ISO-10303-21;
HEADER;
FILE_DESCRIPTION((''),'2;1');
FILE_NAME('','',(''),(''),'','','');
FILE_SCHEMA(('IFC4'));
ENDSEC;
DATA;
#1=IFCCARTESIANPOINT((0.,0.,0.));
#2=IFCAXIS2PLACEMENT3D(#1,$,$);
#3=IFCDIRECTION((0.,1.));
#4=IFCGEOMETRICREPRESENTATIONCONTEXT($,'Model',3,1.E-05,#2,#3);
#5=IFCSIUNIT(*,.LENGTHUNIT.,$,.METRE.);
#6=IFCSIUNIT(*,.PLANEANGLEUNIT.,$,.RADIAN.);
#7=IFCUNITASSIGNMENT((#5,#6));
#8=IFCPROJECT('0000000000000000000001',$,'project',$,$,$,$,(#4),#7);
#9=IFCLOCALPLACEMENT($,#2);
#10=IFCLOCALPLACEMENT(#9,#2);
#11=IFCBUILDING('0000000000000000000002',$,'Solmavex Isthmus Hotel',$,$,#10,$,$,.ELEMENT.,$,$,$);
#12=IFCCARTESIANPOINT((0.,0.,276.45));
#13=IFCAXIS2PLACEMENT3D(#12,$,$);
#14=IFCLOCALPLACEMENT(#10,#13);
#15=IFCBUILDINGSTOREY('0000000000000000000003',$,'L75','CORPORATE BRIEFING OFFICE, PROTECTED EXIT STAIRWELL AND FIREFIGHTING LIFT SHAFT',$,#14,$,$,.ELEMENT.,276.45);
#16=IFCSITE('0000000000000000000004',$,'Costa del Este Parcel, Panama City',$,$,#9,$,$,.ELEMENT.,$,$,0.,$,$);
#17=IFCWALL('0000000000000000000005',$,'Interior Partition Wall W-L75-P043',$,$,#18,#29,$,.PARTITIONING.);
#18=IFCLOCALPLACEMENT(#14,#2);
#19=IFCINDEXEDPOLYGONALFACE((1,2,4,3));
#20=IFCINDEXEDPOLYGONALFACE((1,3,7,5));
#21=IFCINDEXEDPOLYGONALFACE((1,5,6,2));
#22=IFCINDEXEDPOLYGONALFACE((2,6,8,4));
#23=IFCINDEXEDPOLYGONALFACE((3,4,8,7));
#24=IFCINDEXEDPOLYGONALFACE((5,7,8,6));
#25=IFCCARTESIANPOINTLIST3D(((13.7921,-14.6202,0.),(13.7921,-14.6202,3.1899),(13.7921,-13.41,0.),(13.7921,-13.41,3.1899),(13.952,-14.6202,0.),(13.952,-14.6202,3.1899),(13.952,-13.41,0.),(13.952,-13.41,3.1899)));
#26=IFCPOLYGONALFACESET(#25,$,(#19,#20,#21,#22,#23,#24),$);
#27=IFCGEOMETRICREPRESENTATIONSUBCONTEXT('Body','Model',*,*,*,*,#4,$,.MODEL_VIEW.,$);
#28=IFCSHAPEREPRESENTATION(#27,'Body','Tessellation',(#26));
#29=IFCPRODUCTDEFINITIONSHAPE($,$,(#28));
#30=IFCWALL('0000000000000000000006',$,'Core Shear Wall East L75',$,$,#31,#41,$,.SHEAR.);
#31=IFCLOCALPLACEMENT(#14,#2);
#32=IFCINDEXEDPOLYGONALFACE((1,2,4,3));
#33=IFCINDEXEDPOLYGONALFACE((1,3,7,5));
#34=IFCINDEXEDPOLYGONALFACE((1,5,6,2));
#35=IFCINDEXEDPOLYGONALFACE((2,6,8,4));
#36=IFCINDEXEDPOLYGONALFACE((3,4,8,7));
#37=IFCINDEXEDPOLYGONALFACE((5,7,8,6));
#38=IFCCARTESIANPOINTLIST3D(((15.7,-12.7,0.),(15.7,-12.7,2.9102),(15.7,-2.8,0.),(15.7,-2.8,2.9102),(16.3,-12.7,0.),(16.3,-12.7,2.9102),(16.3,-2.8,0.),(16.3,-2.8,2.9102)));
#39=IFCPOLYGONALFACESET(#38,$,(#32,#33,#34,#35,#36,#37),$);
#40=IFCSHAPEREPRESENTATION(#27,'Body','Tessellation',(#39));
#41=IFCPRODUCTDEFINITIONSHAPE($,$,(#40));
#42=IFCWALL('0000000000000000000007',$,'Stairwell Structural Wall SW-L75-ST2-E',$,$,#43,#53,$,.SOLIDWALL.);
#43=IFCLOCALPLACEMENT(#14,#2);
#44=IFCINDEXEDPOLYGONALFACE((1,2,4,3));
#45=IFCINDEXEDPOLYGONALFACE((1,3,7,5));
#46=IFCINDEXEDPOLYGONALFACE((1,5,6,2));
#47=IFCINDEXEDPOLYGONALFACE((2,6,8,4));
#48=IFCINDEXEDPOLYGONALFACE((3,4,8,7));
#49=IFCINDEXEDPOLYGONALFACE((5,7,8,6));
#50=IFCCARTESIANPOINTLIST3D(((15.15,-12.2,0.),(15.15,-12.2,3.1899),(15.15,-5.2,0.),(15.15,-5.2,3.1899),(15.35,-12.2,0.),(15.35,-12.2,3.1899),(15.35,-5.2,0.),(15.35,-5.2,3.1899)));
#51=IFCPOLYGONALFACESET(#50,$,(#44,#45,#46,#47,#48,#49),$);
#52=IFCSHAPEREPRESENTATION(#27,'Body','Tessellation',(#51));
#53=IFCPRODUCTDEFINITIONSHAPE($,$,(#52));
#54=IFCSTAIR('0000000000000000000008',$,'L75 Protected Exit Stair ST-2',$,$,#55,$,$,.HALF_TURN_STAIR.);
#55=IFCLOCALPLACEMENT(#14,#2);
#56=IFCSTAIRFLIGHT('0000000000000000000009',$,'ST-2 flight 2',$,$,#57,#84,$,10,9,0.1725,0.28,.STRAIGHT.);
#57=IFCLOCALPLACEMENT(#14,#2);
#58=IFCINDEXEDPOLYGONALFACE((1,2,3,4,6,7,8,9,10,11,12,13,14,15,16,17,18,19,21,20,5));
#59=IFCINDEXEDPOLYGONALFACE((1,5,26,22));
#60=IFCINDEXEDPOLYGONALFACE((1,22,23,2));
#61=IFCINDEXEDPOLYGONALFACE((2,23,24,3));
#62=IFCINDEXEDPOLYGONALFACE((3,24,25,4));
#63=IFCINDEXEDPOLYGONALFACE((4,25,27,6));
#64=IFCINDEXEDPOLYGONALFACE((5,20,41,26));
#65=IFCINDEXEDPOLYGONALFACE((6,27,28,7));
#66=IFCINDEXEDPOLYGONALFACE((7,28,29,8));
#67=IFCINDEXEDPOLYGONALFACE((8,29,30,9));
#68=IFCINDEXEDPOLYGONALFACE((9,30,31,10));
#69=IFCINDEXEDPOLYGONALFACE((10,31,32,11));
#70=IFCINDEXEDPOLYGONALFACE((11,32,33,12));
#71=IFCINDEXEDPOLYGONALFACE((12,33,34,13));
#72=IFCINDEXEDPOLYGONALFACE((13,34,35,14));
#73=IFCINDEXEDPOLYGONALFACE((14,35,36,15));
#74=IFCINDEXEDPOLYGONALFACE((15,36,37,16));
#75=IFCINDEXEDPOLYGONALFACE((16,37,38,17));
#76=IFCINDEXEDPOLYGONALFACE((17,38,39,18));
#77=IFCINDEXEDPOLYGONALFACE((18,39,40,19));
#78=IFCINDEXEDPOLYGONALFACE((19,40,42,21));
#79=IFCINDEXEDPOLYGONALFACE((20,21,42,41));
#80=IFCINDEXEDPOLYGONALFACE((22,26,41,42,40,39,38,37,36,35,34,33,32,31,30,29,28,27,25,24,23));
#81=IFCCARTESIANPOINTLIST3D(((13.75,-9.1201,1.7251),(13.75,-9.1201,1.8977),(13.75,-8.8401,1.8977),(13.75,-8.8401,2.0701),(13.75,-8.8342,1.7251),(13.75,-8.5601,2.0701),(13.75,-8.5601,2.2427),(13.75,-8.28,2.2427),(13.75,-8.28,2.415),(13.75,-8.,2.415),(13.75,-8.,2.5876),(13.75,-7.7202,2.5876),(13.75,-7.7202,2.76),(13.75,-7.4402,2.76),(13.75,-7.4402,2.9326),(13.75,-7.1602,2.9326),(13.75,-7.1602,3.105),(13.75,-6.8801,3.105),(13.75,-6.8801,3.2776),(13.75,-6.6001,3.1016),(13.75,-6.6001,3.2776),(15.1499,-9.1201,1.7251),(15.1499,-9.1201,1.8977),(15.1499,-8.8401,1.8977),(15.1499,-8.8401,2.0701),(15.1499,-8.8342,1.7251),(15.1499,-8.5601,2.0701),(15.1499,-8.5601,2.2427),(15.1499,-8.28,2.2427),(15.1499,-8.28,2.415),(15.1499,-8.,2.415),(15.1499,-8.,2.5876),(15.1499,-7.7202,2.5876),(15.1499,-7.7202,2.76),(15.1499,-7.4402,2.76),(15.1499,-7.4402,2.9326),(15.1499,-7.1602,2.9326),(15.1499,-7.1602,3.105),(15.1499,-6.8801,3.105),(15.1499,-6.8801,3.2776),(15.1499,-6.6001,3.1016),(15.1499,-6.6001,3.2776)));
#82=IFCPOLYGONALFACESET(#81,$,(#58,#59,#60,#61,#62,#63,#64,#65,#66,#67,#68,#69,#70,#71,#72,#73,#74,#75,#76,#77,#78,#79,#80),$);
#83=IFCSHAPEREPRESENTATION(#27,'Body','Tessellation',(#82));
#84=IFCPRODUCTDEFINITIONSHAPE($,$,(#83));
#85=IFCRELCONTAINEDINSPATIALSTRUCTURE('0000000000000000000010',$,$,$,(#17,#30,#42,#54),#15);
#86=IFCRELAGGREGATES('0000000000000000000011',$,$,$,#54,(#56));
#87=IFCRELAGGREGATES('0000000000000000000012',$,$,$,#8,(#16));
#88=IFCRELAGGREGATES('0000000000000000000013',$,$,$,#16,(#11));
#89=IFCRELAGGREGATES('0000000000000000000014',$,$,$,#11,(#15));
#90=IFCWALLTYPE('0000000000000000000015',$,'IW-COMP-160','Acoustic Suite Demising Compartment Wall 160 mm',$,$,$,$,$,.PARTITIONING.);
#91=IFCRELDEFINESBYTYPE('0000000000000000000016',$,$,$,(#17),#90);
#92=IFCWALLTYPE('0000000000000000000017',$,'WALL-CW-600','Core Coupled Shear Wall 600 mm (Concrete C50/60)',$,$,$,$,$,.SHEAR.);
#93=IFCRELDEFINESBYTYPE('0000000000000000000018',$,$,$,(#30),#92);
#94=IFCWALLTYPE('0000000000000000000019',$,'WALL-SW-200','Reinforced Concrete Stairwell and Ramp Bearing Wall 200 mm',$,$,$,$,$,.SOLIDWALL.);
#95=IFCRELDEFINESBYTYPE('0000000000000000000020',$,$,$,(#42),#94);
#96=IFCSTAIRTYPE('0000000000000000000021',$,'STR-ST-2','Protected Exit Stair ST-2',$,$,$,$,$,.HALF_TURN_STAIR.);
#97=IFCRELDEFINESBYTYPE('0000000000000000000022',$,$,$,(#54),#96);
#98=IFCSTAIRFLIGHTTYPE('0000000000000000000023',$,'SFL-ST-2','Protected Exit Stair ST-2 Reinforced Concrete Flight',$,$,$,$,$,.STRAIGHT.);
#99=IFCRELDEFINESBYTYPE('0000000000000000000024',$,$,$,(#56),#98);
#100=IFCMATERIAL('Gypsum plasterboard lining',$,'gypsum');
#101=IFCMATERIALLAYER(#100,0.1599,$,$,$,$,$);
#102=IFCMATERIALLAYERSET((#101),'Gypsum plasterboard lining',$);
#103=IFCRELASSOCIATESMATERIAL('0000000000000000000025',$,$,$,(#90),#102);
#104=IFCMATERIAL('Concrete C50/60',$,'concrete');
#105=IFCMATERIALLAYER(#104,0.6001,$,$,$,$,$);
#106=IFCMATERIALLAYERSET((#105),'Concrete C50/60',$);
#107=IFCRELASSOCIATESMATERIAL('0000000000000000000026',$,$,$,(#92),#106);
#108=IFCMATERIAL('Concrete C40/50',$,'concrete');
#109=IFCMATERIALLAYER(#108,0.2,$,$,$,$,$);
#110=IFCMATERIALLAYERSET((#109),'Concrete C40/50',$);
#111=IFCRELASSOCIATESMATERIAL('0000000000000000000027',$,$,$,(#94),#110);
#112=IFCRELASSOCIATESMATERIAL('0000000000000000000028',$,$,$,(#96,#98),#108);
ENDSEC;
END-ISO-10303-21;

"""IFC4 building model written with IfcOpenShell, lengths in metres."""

from ifc_helpers import new_model, si_unit, direction, frame, frame_2d, origin, place, context, subcontext, project, spatial, polyline, rectangle, outline, extrude, material, layer, layer_set, type_object, element, aggregate, save


model = new_model("IFC4")

# Units and contexts
model_context = context("Model", 3, precision=1e-05, world=origin(), true_north=direction((0.0, 1.0)))
body_context = subcontext(model_context, "Body", "Model", "MODEL_VIEW")
ifc_project = project(units=[si_unit("LENGTHUNIT", "METRE"), si_unit("PLANEANGLEUNIT", "RADIAN")], contexts=[model_context])

# Site, building, storey
site_placement = place(None, origin())
site = spatial("IfcSite", under=ifc_project, at=site_placement, Name="Costa del Este Parcel, Panama City", CompositionType="ELEMENT", RefElevation=0.0)
building_placement = place(site_placement, origin())
building = spatial("IfcBuilding", under=site, at=building_placement, Name="Solmavex Isthmus Hotel", CompositionType="ELEMENT")
storey_placement = place(building_placement, frame((0.0, 0.0, 276.45)))
storey = spatial("IfcBuildingStorey", under=building, at=storey_placement, Name="L75", Description="CORPORATE BRIEFING OFFICE, PROTECTED EXIT STAIRWELL AND FIREFIGHTING LIFT SHAFT", CompositionType="ELEMENT", Elevation=276.45)

# Shared definitions
ifc_material_1 = material(Name="Concrete C50/60", Category="concrete")

# Walls
ifc_material_2 = material(Name="Gypsum plasterboard lining", Category="gypsum")
ifc_layer_1 = layer(ifc_material_2, 0.1599)
ifc_layer_set_1 = layer_set([ifc_layer_1], Name="Gypsum plasterboard lining")
wall_type_1 = type_object("IfcWallType", Name="IW-COMP-160", Description="Acoustic Suite Demising Compartment Wall 160 mm", PredefinedType="PARTITIONING", material=ifc_layer_set_1)
wall_1_placement = place(storey_placement, frame((13.8721, -14.6201, 0.0), z_axis=(0.0, 0.0, 1.0), x_axis=(0.0, 1.0, 0.0)))
element("IfcWall", 1, at=wall_1_placement, inside=storey, type_object=wall_type_1, Name="Interior Partition Wall W-L75-P043", PredefinedType="PARTITIONING", context=body_context, shape_type="SweptSolid", body=[
    extrude(rectangle(XDim=1.2102, YDim=0.1599, at=frame_2d((0.605, 0.0))), origin(), (0.0, 0.0, 1.0), 3.1899),
])
ifc_layer_2 = layer(ifc_material_1, 0.6001)
ifc_layer_set_2 = layer_set([ifc_layer_2], Name="Concrete C50/60")
wall_type_2 = type_object("IfcWallType", Name="WALL-CW-600", Description="Core Coupled Shear Wall 600 mm (Concrete C50/60)", PredefinedType="SHEAR", material=ifc_layer_set_2)
wall_2_placement = place(storey_placement, frame((16.0, -12.7, 0.0), z_axis=(0.0, 0.0, 1.0), x_axis=(0.0, 1.0, 0.0)))
element("IfcWall", 2, at=wall_2_placement, inside=storey, type_object=wall_type_2, Name="Core Shear Wall East L75", PredefinedType="SHEAR", context=body_context, shape_type="SweptSolid", body=[
    extrude(rectangle(XDim=9.8999, YDim=0.6001, at=frame_2d((4.95, 0.0))), origin(), (0.0, 0.0, 1.0), 2.9102),
])
ifc_material_3 = material(Name="Concrete C40/50", Category="concrete")
ifc_layer_3 = layer(ifc_material_3, 0.2)
ifc_layer_set_3 = layer_set([ifc_layer_3], Name="Concrete C40/50")
wall_type_3 = type_object("IfcWallType", Name="WALL-SW-200", Description="Reinforced Concrete Stairwell and Ramp Bearing Wall 200 mm", PredefinedType="SOLIDWALL", material=ifc_layer_set_3)
wall_3_placement = place(storey_placement, frame((15.25, -12.2, 0.0), z_axis=(0.0, 0.0, 1.0), x_axis=(0.0, 1.0, 0.0)))
element("IfcWall", 3, at=wall_3_placement, inside=storey, type_object=wall_type_3, Name="Stairwell Structural Wall SW-L75-ST2-E", PredefinedType="SOLIDWALL", context=body_context, shape_type="SweptSolid", body=[
    extrude(rectangle(XDim=7.0, YDim=0.2, at=frame_2d((3.5, 0.0))), origin(), (0.0, 0.0, 1.0), 3.1899),
])

# Stair, stair flight
stair_type = type_object("IfcStairType", Name="STR-ST-2", Description="Protected Exit Stair ST-2", PredefinedType="HALF_TURN_STAIR", material=ifc_material_3)
stair_placement = place(storey_placement, origin())
stair = element("IfcStair", 4, at=stair_placement, inside=storey, type_object=stair_type, Name="L75 Protected Exit Stair ST-2", PredefinedType="HALF_TURN_STAIR")
stair_flight_type = type_object("IfcStairFlightType", Name="SFL-ST-2", Description="Protected Exit Stair ST-2 Reinforced Concrete Flight", PredefinedType="STRAIGHT", material=ifc_material_3)
stair_flight_placement = place(storey_placement, frame((14.45, -9.1201, 1.7251), z_axis=(0.0, 0.0, 1.0), x_axis=(0.0, 1.0, 0.0)))
stair_flight = element("IfcStairFlight", 5, at=stair_flight_placement, type_object=stair_flight_type, Name="ST-2 flight 2", NumberOfRisers=10, NumberOfTreads=9, PredefinedType="STRAIGHT", RiserHeight=0.1725, TreadLength=0.28, context=body_context, shape_type="SweptSolid", body=[
    extrude(outline(polyline([(0.0, 0.0), (0.0, 0.1726), (0.28, 0.1726), (0.28, 0.345), (0.5601, 0.345), (0.5601, 0.5176), (0.8401, 0.5176), (0.8401, 0.6899), (1.1201, 0.6899), (1.1201, 0.8625), (1.3999, 0.8625), (1.3999, 1.0349), (1.6799, 1.0349), (1.6799, 1.2075), (1.96, 1.2075), (1.96, 1.3799), (2.24, 1.3799), (2.24, 1.5525), (2.52, 1.5525), (2.52, 1.7251), (2.52, 1.3765), (0.2859, 0.0), (0.0, 0.0)])), frame((0.0, 0.7, 0.0), z_axis=(0.0, -1.0, 0.0), x_axis=(1.0, 0.0, 0.0)), (0.0, 0.0, 1.0), 1.3999),
])
aggregate(stair, [stair_flight])

save(model, "model.ifc")
